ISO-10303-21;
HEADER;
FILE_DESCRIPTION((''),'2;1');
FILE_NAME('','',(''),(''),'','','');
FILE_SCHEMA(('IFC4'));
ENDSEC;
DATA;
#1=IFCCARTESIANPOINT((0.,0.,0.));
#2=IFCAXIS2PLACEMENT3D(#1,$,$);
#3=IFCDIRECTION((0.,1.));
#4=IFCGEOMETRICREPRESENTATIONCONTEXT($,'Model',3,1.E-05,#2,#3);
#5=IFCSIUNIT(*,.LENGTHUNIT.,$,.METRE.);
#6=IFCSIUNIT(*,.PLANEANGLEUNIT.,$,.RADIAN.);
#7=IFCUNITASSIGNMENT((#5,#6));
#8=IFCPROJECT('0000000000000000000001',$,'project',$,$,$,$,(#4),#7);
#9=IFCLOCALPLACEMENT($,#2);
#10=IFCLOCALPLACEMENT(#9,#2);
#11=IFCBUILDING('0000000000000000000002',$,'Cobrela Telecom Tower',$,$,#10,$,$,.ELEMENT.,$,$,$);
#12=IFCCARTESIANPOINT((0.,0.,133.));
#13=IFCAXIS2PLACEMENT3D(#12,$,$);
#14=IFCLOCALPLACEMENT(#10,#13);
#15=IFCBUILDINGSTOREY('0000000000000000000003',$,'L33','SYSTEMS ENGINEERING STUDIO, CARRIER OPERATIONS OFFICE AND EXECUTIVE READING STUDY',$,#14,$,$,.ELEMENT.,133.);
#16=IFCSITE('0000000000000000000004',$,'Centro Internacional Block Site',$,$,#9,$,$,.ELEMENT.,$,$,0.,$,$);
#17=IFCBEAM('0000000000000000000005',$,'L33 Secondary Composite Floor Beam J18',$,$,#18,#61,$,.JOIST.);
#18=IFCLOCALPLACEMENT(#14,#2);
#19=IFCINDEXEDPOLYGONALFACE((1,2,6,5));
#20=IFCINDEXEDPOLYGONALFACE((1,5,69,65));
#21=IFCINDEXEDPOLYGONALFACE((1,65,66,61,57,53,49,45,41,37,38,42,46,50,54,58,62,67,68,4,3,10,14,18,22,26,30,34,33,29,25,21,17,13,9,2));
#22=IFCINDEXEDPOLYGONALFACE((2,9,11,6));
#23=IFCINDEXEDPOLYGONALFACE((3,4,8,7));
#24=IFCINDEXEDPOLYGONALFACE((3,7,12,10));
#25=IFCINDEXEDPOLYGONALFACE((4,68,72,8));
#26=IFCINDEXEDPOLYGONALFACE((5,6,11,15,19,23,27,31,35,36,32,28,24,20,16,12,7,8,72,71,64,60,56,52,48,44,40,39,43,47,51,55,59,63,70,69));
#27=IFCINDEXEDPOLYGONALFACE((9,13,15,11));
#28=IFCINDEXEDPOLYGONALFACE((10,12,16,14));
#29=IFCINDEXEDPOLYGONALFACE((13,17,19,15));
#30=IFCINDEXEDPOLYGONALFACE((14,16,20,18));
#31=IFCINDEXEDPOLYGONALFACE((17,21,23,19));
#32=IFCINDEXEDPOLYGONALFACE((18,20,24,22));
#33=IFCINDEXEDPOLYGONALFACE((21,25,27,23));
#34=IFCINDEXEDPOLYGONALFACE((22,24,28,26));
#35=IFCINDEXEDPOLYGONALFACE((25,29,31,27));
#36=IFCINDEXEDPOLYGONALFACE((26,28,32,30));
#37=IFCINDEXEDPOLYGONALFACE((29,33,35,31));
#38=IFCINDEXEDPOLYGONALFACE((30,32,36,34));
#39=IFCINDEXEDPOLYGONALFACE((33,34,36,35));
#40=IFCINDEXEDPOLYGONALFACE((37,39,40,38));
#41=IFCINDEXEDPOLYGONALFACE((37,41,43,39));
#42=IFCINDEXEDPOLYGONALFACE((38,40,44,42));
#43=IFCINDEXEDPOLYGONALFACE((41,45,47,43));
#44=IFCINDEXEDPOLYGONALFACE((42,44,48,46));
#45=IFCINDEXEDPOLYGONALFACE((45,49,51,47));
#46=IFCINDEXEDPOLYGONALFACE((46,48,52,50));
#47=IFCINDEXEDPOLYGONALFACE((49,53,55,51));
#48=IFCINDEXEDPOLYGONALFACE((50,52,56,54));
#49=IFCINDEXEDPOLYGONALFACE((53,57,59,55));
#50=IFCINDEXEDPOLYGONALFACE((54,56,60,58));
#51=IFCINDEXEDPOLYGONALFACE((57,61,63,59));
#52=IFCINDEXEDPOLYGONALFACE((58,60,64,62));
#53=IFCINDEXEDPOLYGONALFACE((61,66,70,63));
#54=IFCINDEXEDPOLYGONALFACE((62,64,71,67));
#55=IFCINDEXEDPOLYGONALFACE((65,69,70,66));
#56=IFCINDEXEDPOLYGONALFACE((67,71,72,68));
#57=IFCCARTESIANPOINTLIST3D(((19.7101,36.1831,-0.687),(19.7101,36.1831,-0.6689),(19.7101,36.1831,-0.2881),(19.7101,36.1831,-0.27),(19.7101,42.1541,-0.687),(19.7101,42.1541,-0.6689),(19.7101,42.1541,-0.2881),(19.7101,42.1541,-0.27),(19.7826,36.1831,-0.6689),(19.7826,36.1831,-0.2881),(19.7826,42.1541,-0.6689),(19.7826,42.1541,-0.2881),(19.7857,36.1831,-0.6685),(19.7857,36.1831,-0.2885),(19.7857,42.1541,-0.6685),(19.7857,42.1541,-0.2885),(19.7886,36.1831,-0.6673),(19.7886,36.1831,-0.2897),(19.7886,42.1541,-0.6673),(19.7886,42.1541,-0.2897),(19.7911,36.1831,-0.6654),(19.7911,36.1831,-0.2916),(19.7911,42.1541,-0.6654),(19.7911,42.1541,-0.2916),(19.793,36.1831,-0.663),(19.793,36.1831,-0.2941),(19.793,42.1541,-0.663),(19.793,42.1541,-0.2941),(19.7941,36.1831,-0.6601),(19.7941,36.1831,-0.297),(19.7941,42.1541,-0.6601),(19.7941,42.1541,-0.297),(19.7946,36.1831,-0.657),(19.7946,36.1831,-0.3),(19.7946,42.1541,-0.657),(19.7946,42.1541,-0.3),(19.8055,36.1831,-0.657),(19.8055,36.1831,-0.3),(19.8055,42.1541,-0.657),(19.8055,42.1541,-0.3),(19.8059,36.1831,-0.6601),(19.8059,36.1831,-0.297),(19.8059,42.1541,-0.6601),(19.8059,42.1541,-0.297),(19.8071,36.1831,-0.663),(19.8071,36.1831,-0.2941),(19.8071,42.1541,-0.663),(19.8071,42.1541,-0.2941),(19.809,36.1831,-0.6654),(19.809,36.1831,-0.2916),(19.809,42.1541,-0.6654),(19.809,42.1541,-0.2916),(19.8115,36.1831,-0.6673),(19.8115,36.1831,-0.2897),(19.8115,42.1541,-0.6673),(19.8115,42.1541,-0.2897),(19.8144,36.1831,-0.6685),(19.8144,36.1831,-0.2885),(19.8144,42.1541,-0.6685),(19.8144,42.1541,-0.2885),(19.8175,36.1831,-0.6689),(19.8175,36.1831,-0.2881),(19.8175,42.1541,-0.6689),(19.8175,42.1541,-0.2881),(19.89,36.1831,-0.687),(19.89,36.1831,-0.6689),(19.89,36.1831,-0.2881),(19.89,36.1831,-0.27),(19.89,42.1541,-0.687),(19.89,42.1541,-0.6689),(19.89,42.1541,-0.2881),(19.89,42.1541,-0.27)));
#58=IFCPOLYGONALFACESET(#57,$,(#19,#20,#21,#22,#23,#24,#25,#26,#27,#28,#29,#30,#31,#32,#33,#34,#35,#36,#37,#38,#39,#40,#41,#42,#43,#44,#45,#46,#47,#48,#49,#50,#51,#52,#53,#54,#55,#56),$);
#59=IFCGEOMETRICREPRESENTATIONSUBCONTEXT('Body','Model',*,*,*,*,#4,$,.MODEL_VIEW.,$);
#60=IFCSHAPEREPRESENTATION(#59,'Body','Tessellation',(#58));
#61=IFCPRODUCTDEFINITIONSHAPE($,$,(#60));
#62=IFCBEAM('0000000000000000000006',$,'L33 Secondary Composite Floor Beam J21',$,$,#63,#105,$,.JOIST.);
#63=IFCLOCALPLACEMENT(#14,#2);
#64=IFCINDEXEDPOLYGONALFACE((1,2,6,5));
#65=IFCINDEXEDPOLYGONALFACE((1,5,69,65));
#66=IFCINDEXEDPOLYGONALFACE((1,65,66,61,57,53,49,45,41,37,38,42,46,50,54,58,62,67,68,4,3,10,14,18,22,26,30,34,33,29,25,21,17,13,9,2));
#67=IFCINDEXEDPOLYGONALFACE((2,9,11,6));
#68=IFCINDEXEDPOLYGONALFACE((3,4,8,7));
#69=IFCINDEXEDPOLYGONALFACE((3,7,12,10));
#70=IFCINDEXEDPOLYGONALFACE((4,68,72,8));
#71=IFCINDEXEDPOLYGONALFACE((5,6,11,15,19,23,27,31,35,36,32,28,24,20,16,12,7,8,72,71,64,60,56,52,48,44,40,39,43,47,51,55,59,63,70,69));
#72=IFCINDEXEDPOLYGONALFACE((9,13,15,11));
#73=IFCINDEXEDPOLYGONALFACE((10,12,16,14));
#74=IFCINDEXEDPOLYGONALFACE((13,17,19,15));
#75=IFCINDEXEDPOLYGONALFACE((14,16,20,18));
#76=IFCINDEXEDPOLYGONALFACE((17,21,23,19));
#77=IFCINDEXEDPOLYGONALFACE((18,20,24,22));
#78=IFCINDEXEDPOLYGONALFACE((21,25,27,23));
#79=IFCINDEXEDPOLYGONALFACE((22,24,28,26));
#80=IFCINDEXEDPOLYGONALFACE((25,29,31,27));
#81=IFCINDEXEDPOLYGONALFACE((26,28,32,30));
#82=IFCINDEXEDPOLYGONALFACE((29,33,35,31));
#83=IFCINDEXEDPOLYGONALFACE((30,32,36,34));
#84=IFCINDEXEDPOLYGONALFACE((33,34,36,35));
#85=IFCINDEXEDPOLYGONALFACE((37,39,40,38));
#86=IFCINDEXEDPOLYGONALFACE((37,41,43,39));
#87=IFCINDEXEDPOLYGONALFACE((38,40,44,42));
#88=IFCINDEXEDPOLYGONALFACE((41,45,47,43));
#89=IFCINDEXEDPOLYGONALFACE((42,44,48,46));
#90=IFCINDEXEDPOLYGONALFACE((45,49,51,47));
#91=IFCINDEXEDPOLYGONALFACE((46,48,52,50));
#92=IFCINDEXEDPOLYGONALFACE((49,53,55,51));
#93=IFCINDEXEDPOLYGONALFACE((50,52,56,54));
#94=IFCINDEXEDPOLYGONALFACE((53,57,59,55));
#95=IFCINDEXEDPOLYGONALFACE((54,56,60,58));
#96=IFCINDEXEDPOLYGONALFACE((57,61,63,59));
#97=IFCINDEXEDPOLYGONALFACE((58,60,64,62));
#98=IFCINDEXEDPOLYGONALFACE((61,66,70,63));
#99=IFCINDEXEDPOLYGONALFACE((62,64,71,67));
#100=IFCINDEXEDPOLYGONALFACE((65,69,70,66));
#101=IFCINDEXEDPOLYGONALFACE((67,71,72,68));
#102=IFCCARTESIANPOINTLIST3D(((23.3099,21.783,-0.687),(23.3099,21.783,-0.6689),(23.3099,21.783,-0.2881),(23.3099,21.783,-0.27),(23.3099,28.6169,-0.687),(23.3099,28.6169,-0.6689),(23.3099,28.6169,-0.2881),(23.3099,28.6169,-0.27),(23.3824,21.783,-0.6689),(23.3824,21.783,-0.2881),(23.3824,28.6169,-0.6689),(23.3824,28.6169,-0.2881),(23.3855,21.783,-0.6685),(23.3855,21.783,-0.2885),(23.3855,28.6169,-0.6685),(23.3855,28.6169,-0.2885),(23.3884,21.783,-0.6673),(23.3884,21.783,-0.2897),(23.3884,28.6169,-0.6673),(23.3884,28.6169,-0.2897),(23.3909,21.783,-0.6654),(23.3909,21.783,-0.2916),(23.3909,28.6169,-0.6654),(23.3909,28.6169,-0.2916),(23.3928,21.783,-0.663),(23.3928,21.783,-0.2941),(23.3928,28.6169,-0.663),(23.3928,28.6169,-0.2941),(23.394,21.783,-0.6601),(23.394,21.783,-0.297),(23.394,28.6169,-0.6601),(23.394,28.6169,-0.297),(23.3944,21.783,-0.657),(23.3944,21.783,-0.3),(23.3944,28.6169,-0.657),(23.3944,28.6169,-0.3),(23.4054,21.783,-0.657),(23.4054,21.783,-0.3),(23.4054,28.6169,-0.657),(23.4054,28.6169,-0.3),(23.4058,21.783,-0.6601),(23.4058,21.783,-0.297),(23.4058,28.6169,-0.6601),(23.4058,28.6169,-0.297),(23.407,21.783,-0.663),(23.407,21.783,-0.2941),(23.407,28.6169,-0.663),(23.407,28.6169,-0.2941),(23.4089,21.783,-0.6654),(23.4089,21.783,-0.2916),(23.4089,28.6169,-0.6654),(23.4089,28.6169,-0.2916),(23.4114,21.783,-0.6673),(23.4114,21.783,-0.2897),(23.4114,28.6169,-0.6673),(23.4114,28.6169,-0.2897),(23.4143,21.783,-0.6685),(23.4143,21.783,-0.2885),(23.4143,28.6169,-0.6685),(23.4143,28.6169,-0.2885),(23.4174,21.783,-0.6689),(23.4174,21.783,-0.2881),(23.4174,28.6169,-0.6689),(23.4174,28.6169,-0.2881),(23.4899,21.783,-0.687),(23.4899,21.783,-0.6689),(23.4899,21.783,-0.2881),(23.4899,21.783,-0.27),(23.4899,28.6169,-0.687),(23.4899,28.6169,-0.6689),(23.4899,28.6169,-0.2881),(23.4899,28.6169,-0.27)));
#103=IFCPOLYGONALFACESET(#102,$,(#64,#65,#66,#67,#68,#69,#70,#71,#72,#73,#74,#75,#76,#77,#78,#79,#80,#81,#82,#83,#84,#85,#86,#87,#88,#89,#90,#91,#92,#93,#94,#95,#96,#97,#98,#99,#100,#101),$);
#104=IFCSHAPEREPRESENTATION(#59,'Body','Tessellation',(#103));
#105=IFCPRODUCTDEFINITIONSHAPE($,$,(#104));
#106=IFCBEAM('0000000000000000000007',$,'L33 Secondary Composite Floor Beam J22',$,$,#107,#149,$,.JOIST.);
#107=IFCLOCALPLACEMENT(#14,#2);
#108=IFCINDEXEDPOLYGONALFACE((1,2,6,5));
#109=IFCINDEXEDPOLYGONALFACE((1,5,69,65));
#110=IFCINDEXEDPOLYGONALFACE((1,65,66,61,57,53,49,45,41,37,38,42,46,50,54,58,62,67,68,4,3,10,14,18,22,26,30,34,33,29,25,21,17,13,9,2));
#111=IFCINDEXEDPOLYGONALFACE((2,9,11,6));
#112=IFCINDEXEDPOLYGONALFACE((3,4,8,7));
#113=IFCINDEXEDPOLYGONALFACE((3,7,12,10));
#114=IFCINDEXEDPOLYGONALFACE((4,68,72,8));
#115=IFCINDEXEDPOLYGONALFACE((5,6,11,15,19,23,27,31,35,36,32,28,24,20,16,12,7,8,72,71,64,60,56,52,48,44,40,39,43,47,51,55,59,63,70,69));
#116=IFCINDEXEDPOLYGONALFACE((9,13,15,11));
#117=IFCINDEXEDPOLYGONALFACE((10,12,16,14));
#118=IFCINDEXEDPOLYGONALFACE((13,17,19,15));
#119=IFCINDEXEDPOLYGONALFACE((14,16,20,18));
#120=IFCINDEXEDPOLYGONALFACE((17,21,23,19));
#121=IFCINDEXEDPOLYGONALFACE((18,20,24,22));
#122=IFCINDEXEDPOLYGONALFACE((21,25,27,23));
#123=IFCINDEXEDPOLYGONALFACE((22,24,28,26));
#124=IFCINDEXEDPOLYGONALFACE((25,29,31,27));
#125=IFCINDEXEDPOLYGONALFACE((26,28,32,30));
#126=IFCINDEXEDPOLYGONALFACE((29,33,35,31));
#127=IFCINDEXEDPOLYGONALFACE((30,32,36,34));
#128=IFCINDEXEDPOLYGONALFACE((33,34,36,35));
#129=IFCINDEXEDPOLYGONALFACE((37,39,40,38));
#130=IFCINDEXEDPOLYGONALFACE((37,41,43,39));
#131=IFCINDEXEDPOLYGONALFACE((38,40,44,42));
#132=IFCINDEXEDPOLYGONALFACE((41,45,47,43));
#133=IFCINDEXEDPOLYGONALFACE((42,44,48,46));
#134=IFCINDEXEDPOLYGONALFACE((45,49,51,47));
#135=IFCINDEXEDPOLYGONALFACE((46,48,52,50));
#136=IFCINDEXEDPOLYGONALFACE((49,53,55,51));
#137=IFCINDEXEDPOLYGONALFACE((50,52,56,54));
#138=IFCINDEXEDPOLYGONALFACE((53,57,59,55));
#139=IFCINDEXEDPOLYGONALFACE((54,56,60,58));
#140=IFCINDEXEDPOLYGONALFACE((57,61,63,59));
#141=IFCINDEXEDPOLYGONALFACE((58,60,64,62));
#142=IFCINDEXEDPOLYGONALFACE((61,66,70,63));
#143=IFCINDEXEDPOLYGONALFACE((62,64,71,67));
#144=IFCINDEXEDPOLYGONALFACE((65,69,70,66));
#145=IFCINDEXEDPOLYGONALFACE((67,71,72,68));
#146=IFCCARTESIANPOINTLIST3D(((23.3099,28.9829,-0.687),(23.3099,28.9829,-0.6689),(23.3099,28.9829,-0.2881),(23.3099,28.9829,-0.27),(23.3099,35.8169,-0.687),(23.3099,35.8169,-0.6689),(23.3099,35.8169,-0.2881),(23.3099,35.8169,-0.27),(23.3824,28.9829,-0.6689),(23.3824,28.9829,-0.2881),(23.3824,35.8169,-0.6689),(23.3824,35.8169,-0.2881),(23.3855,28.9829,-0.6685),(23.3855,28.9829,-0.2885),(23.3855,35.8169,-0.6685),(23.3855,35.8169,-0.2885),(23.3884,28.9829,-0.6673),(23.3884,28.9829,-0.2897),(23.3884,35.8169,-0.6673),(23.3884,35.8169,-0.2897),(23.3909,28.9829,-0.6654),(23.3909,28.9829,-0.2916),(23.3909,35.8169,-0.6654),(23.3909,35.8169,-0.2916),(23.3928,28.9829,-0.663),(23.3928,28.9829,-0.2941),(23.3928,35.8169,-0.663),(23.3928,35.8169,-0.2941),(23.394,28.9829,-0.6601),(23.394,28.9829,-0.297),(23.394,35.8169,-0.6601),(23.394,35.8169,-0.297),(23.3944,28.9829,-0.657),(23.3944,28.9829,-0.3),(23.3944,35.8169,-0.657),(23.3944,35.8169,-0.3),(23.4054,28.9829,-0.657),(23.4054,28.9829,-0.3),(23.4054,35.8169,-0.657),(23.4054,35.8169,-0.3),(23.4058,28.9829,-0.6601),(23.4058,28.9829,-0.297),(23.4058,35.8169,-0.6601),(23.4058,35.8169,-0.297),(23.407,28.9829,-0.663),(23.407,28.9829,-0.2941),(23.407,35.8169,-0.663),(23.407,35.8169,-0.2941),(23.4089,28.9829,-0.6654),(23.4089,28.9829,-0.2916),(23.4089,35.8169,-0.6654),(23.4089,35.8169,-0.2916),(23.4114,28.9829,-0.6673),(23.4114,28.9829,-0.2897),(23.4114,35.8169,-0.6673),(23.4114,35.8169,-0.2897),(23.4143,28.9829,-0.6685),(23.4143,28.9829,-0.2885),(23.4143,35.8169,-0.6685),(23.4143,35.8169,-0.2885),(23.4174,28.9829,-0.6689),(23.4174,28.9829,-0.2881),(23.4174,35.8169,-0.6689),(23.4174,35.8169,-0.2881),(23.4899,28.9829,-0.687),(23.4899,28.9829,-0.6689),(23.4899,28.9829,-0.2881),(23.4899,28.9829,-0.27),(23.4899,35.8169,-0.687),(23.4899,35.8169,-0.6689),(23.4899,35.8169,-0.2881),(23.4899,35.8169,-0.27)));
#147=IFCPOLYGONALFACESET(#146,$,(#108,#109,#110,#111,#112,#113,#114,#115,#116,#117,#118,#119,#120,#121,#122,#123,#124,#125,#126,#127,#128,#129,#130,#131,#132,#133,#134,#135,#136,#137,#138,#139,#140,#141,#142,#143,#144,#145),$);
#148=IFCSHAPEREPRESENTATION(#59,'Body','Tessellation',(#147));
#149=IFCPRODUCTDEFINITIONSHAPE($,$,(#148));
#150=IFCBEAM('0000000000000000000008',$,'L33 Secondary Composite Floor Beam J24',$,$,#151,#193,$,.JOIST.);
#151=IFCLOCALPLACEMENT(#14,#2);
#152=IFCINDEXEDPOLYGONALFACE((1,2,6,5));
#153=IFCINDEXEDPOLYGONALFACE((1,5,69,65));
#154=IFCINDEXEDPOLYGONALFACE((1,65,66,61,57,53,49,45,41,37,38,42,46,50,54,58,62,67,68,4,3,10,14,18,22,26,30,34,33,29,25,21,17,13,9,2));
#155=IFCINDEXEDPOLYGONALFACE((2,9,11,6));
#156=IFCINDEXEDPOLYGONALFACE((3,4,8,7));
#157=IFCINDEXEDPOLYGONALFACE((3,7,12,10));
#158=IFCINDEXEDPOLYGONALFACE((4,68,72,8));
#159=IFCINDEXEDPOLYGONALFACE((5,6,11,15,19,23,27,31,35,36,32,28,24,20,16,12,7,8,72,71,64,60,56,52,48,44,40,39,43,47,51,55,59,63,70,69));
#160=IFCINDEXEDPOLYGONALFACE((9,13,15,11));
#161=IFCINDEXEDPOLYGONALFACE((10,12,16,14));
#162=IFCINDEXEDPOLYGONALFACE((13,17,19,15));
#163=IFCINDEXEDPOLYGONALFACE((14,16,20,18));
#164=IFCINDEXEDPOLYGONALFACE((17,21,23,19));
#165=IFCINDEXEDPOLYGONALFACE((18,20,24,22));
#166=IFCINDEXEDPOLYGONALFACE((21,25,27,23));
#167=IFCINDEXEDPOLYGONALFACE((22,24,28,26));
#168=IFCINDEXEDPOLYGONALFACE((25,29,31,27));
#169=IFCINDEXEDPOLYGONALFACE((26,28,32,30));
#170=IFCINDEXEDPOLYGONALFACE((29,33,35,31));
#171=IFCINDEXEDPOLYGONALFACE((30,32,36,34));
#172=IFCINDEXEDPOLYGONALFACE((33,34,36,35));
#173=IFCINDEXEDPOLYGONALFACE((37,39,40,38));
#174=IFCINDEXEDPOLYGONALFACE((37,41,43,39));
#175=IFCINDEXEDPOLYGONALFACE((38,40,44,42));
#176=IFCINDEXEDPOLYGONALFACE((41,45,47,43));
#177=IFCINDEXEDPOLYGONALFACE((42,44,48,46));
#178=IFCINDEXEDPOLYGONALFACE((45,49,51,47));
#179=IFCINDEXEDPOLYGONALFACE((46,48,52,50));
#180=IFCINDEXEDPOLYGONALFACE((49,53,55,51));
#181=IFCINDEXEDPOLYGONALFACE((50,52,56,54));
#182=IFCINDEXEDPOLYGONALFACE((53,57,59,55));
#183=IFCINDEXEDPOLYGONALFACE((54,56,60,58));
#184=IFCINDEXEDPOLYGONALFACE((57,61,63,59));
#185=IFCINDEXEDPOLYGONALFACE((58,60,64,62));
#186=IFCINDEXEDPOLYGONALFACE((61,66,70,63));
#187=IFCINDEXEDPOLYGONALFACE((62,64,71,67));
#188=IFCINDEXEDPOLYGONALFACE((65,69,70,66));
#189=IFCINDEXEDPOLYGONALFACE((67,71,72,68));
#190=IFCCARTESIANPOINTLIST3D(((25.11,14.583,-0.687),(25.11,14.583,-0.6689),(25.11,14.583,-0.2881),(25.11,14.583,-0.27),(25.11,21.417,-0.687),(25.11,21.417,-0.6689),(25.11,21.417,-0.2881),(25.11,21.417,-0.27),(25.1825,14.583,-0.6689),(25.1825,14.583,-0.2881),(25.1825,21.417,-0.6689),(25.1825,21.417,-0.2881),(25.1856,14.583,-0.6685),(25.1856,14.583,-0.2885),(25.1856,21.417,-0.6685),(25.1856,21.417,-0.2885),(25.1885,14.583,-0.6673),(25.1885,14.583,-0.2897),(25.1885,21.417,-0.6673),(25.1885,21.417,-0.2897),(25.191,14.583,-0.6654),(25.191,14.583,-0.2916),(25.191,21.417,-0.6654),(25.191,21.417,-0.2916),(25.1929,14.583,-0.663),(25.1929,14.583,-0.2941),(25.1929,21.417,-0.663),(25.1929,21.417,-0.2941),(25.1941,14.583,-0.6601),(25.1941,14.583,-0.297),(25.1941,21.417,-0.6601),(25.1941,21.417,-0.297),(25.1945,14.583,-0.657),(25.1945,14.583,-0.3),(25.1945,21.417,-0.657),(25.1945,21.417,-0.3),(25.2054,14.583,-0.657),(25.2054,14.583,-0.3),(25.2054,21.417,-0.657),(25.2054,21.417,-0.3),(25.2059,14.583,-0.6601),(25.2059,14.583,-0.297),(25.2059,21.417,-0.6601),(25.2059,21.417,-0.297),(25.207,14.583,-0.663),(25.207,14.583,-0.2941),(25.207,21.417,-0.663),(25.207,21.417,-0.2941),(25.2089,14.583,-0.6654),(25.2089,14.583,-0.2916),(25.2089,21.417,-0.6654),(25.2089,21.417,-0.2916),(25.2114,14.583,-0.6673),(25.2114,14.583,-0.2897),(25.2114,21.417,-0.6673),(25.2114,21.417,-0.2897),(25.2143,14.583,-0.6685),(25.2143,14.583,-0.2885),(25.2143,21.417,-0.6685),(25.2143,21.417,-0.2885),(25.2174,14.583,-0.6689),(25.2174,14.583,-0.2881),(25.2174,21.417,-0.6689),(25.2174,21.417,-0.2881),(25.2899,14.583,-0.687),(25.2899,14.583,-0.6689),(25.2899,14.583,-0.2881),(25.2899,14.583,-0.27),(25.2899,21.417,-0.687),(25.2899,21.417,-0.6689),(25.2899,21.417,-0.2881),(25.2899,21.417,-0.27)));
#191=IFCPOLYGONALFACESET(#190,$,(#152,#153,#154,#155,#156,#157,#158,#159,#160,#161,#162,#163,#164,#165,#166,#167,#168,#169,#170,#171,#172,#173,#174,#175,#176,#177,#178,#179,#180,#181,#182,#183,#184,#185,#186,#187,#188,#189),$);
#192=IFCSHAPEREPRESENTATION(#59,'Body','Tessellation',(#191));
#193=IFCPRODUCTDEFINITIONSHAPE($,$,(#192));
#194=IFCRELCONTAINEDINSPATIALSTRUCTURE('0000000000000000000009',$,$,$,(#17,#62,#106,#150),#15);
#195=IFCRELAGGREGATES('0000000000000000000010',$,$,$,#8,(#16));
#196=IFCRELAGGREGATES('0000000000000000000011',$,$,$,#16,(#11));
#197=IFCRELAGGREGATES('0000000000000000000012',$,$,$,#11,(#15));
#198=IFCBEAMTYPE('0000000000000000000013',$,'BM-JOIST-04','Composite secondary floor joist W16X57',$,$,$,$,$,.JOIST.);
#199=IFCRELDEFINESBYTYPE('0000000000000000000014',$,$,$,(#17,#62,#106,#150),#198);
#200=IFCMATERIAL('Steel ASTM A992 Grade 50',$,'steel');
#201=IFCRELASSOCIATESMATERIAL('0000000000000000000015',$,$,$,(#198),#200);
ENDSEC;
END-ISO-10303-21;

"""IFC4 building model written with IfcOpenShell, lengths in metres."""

from ifc_helpers import new_model, si_unit, direction, frame, origin, origin_2d, place, context, subcontext, project, spatial, i_section, extrude, material, material_profile, profile_set, type_object, element, save


model = new_model("IFC4")

# Units and contexts
model_context = context("Model", 3, precision=1e-05, world=origin(), true_north=direction((0.0, 1.0)))
body_context = subcontext(model_context, "Body", "Model", "MODEL_VIEW")
ifc_project = project(units=[si_unit("LENGTHUNIT", "METRE"), si_unit("PLANEANGLEUNIT", "RADIAN")], contexts=[model_context])

# Site, building, storey
site_placement = place(None, origin())
site = spatial("IfcSite", under=ifc_project, at=site_placement, Name="Centro Internacional Block Site", CompositionType="ELEMENT", RefElevation=0.0)
building_placement = place(site_placement, origin())
building = spatial("IfcBuilding", under=site, at=building_placement, Name="Cobrela Telecom Tower", CompositionType="ELEMENT")
storey_placement = place(building_placement, frame((0.0, 0.0, 133.0)))
storey = spatial("IfcBuildingStorey", under=building, at=storey_placement, Name="L33", Description="SYSTEMS ENGINEERING STUDIO, CARRIER OPERATIONS OFFICE AND EXECUTIVE READING STUDY", CompositionType="ELEMENT", Elevation=133.0)

# Shared definitions
ifc_material_1 = material(Name="Steel ASTM A992 Grade 50", Category="steel")

# Beams
ifc_material_profile_1 = material_profile(ifc_material_1, i_section(OverallWidth=0.1799, OverallDepth=0.417, WebThickness=0.011, FlangeThickness=0.0181, FilletRadius=0.012, at=origin_2d()), Name="W16X57")
ifc_profile_set_1 = profile_set([ifc_material_profile_1], Name="Steel ASTM A992 Grade 50")
beam_type_1 = type_object("IfcBeamType", Name="BM-JOIST-04", Description="Composite secondary floor joist W16X57", PredefinedType="JOIST", material=ifc_profile_set_1)
beam_1_placement = place(storey_placement, frame((19.8, 36.1831, -0.4785), z_axis=(0.0, 1.0, 0.0), x_axis=(-1.0, 0.0, 0.0)))
element("IfcBeam", 1, at=beam_1_placement, inside=storey, type_object=beam_type_1, Name="L33 Secondary Composite Floor Beam J18", PredefinedType="JOIST", context=body_context, shape_type="SweptSolid", body=[
    extrude(i_section(OverallWidth=0.1799, OverallDepth=0.417, WebThickness=0.011, FlangeThickness=0.0181, FilletRadius=0.012, at=origin_2d()), origin(), (0.0, 0.0, 1.0), 5.9709),
])
for number, where, z_axis, x_axis, name in (
    (2, (23.3999, 21.783, -0.4785), (0.0, 1.0, 0.0), (-1.0, 0.0, 0.0), "L33 Secondary Composite Floor Beam J21"),
    (3, (23.3999, 28.9829, -0.4785), (0.0, 1.0, 0.0), (-1.0, 0.0, 0.0), "L33 Secondary Composite Floor Beam J22"),
    (4, (25.2, 14.583, -0.4785), (0.0, 1.0, 0.0), (-1.0, 0.0, 0.0), "L33 Secondary Composite Floor Beam J24"),
):
    element("IfcBeam", number, at=place(storey_placement, frame(where, z_axis=z_axis, x_axis=x_axis)), inside=storey, type_object=beam_type_1, Name=name, PredefinedType="JOIST", context=body_context, shape_type="SweptSolid", body=[
        extrude(i_section(OverallWidth=0.1799, OverallDepth=0.417, WebThickness=0.011, FlangeThickness=0.0181, FilletRadius=0.012, at=origin_2d()), origin(), (0.0, 0.0, 1.0), 6.834),
    ])

save(model, "model.ifc")
